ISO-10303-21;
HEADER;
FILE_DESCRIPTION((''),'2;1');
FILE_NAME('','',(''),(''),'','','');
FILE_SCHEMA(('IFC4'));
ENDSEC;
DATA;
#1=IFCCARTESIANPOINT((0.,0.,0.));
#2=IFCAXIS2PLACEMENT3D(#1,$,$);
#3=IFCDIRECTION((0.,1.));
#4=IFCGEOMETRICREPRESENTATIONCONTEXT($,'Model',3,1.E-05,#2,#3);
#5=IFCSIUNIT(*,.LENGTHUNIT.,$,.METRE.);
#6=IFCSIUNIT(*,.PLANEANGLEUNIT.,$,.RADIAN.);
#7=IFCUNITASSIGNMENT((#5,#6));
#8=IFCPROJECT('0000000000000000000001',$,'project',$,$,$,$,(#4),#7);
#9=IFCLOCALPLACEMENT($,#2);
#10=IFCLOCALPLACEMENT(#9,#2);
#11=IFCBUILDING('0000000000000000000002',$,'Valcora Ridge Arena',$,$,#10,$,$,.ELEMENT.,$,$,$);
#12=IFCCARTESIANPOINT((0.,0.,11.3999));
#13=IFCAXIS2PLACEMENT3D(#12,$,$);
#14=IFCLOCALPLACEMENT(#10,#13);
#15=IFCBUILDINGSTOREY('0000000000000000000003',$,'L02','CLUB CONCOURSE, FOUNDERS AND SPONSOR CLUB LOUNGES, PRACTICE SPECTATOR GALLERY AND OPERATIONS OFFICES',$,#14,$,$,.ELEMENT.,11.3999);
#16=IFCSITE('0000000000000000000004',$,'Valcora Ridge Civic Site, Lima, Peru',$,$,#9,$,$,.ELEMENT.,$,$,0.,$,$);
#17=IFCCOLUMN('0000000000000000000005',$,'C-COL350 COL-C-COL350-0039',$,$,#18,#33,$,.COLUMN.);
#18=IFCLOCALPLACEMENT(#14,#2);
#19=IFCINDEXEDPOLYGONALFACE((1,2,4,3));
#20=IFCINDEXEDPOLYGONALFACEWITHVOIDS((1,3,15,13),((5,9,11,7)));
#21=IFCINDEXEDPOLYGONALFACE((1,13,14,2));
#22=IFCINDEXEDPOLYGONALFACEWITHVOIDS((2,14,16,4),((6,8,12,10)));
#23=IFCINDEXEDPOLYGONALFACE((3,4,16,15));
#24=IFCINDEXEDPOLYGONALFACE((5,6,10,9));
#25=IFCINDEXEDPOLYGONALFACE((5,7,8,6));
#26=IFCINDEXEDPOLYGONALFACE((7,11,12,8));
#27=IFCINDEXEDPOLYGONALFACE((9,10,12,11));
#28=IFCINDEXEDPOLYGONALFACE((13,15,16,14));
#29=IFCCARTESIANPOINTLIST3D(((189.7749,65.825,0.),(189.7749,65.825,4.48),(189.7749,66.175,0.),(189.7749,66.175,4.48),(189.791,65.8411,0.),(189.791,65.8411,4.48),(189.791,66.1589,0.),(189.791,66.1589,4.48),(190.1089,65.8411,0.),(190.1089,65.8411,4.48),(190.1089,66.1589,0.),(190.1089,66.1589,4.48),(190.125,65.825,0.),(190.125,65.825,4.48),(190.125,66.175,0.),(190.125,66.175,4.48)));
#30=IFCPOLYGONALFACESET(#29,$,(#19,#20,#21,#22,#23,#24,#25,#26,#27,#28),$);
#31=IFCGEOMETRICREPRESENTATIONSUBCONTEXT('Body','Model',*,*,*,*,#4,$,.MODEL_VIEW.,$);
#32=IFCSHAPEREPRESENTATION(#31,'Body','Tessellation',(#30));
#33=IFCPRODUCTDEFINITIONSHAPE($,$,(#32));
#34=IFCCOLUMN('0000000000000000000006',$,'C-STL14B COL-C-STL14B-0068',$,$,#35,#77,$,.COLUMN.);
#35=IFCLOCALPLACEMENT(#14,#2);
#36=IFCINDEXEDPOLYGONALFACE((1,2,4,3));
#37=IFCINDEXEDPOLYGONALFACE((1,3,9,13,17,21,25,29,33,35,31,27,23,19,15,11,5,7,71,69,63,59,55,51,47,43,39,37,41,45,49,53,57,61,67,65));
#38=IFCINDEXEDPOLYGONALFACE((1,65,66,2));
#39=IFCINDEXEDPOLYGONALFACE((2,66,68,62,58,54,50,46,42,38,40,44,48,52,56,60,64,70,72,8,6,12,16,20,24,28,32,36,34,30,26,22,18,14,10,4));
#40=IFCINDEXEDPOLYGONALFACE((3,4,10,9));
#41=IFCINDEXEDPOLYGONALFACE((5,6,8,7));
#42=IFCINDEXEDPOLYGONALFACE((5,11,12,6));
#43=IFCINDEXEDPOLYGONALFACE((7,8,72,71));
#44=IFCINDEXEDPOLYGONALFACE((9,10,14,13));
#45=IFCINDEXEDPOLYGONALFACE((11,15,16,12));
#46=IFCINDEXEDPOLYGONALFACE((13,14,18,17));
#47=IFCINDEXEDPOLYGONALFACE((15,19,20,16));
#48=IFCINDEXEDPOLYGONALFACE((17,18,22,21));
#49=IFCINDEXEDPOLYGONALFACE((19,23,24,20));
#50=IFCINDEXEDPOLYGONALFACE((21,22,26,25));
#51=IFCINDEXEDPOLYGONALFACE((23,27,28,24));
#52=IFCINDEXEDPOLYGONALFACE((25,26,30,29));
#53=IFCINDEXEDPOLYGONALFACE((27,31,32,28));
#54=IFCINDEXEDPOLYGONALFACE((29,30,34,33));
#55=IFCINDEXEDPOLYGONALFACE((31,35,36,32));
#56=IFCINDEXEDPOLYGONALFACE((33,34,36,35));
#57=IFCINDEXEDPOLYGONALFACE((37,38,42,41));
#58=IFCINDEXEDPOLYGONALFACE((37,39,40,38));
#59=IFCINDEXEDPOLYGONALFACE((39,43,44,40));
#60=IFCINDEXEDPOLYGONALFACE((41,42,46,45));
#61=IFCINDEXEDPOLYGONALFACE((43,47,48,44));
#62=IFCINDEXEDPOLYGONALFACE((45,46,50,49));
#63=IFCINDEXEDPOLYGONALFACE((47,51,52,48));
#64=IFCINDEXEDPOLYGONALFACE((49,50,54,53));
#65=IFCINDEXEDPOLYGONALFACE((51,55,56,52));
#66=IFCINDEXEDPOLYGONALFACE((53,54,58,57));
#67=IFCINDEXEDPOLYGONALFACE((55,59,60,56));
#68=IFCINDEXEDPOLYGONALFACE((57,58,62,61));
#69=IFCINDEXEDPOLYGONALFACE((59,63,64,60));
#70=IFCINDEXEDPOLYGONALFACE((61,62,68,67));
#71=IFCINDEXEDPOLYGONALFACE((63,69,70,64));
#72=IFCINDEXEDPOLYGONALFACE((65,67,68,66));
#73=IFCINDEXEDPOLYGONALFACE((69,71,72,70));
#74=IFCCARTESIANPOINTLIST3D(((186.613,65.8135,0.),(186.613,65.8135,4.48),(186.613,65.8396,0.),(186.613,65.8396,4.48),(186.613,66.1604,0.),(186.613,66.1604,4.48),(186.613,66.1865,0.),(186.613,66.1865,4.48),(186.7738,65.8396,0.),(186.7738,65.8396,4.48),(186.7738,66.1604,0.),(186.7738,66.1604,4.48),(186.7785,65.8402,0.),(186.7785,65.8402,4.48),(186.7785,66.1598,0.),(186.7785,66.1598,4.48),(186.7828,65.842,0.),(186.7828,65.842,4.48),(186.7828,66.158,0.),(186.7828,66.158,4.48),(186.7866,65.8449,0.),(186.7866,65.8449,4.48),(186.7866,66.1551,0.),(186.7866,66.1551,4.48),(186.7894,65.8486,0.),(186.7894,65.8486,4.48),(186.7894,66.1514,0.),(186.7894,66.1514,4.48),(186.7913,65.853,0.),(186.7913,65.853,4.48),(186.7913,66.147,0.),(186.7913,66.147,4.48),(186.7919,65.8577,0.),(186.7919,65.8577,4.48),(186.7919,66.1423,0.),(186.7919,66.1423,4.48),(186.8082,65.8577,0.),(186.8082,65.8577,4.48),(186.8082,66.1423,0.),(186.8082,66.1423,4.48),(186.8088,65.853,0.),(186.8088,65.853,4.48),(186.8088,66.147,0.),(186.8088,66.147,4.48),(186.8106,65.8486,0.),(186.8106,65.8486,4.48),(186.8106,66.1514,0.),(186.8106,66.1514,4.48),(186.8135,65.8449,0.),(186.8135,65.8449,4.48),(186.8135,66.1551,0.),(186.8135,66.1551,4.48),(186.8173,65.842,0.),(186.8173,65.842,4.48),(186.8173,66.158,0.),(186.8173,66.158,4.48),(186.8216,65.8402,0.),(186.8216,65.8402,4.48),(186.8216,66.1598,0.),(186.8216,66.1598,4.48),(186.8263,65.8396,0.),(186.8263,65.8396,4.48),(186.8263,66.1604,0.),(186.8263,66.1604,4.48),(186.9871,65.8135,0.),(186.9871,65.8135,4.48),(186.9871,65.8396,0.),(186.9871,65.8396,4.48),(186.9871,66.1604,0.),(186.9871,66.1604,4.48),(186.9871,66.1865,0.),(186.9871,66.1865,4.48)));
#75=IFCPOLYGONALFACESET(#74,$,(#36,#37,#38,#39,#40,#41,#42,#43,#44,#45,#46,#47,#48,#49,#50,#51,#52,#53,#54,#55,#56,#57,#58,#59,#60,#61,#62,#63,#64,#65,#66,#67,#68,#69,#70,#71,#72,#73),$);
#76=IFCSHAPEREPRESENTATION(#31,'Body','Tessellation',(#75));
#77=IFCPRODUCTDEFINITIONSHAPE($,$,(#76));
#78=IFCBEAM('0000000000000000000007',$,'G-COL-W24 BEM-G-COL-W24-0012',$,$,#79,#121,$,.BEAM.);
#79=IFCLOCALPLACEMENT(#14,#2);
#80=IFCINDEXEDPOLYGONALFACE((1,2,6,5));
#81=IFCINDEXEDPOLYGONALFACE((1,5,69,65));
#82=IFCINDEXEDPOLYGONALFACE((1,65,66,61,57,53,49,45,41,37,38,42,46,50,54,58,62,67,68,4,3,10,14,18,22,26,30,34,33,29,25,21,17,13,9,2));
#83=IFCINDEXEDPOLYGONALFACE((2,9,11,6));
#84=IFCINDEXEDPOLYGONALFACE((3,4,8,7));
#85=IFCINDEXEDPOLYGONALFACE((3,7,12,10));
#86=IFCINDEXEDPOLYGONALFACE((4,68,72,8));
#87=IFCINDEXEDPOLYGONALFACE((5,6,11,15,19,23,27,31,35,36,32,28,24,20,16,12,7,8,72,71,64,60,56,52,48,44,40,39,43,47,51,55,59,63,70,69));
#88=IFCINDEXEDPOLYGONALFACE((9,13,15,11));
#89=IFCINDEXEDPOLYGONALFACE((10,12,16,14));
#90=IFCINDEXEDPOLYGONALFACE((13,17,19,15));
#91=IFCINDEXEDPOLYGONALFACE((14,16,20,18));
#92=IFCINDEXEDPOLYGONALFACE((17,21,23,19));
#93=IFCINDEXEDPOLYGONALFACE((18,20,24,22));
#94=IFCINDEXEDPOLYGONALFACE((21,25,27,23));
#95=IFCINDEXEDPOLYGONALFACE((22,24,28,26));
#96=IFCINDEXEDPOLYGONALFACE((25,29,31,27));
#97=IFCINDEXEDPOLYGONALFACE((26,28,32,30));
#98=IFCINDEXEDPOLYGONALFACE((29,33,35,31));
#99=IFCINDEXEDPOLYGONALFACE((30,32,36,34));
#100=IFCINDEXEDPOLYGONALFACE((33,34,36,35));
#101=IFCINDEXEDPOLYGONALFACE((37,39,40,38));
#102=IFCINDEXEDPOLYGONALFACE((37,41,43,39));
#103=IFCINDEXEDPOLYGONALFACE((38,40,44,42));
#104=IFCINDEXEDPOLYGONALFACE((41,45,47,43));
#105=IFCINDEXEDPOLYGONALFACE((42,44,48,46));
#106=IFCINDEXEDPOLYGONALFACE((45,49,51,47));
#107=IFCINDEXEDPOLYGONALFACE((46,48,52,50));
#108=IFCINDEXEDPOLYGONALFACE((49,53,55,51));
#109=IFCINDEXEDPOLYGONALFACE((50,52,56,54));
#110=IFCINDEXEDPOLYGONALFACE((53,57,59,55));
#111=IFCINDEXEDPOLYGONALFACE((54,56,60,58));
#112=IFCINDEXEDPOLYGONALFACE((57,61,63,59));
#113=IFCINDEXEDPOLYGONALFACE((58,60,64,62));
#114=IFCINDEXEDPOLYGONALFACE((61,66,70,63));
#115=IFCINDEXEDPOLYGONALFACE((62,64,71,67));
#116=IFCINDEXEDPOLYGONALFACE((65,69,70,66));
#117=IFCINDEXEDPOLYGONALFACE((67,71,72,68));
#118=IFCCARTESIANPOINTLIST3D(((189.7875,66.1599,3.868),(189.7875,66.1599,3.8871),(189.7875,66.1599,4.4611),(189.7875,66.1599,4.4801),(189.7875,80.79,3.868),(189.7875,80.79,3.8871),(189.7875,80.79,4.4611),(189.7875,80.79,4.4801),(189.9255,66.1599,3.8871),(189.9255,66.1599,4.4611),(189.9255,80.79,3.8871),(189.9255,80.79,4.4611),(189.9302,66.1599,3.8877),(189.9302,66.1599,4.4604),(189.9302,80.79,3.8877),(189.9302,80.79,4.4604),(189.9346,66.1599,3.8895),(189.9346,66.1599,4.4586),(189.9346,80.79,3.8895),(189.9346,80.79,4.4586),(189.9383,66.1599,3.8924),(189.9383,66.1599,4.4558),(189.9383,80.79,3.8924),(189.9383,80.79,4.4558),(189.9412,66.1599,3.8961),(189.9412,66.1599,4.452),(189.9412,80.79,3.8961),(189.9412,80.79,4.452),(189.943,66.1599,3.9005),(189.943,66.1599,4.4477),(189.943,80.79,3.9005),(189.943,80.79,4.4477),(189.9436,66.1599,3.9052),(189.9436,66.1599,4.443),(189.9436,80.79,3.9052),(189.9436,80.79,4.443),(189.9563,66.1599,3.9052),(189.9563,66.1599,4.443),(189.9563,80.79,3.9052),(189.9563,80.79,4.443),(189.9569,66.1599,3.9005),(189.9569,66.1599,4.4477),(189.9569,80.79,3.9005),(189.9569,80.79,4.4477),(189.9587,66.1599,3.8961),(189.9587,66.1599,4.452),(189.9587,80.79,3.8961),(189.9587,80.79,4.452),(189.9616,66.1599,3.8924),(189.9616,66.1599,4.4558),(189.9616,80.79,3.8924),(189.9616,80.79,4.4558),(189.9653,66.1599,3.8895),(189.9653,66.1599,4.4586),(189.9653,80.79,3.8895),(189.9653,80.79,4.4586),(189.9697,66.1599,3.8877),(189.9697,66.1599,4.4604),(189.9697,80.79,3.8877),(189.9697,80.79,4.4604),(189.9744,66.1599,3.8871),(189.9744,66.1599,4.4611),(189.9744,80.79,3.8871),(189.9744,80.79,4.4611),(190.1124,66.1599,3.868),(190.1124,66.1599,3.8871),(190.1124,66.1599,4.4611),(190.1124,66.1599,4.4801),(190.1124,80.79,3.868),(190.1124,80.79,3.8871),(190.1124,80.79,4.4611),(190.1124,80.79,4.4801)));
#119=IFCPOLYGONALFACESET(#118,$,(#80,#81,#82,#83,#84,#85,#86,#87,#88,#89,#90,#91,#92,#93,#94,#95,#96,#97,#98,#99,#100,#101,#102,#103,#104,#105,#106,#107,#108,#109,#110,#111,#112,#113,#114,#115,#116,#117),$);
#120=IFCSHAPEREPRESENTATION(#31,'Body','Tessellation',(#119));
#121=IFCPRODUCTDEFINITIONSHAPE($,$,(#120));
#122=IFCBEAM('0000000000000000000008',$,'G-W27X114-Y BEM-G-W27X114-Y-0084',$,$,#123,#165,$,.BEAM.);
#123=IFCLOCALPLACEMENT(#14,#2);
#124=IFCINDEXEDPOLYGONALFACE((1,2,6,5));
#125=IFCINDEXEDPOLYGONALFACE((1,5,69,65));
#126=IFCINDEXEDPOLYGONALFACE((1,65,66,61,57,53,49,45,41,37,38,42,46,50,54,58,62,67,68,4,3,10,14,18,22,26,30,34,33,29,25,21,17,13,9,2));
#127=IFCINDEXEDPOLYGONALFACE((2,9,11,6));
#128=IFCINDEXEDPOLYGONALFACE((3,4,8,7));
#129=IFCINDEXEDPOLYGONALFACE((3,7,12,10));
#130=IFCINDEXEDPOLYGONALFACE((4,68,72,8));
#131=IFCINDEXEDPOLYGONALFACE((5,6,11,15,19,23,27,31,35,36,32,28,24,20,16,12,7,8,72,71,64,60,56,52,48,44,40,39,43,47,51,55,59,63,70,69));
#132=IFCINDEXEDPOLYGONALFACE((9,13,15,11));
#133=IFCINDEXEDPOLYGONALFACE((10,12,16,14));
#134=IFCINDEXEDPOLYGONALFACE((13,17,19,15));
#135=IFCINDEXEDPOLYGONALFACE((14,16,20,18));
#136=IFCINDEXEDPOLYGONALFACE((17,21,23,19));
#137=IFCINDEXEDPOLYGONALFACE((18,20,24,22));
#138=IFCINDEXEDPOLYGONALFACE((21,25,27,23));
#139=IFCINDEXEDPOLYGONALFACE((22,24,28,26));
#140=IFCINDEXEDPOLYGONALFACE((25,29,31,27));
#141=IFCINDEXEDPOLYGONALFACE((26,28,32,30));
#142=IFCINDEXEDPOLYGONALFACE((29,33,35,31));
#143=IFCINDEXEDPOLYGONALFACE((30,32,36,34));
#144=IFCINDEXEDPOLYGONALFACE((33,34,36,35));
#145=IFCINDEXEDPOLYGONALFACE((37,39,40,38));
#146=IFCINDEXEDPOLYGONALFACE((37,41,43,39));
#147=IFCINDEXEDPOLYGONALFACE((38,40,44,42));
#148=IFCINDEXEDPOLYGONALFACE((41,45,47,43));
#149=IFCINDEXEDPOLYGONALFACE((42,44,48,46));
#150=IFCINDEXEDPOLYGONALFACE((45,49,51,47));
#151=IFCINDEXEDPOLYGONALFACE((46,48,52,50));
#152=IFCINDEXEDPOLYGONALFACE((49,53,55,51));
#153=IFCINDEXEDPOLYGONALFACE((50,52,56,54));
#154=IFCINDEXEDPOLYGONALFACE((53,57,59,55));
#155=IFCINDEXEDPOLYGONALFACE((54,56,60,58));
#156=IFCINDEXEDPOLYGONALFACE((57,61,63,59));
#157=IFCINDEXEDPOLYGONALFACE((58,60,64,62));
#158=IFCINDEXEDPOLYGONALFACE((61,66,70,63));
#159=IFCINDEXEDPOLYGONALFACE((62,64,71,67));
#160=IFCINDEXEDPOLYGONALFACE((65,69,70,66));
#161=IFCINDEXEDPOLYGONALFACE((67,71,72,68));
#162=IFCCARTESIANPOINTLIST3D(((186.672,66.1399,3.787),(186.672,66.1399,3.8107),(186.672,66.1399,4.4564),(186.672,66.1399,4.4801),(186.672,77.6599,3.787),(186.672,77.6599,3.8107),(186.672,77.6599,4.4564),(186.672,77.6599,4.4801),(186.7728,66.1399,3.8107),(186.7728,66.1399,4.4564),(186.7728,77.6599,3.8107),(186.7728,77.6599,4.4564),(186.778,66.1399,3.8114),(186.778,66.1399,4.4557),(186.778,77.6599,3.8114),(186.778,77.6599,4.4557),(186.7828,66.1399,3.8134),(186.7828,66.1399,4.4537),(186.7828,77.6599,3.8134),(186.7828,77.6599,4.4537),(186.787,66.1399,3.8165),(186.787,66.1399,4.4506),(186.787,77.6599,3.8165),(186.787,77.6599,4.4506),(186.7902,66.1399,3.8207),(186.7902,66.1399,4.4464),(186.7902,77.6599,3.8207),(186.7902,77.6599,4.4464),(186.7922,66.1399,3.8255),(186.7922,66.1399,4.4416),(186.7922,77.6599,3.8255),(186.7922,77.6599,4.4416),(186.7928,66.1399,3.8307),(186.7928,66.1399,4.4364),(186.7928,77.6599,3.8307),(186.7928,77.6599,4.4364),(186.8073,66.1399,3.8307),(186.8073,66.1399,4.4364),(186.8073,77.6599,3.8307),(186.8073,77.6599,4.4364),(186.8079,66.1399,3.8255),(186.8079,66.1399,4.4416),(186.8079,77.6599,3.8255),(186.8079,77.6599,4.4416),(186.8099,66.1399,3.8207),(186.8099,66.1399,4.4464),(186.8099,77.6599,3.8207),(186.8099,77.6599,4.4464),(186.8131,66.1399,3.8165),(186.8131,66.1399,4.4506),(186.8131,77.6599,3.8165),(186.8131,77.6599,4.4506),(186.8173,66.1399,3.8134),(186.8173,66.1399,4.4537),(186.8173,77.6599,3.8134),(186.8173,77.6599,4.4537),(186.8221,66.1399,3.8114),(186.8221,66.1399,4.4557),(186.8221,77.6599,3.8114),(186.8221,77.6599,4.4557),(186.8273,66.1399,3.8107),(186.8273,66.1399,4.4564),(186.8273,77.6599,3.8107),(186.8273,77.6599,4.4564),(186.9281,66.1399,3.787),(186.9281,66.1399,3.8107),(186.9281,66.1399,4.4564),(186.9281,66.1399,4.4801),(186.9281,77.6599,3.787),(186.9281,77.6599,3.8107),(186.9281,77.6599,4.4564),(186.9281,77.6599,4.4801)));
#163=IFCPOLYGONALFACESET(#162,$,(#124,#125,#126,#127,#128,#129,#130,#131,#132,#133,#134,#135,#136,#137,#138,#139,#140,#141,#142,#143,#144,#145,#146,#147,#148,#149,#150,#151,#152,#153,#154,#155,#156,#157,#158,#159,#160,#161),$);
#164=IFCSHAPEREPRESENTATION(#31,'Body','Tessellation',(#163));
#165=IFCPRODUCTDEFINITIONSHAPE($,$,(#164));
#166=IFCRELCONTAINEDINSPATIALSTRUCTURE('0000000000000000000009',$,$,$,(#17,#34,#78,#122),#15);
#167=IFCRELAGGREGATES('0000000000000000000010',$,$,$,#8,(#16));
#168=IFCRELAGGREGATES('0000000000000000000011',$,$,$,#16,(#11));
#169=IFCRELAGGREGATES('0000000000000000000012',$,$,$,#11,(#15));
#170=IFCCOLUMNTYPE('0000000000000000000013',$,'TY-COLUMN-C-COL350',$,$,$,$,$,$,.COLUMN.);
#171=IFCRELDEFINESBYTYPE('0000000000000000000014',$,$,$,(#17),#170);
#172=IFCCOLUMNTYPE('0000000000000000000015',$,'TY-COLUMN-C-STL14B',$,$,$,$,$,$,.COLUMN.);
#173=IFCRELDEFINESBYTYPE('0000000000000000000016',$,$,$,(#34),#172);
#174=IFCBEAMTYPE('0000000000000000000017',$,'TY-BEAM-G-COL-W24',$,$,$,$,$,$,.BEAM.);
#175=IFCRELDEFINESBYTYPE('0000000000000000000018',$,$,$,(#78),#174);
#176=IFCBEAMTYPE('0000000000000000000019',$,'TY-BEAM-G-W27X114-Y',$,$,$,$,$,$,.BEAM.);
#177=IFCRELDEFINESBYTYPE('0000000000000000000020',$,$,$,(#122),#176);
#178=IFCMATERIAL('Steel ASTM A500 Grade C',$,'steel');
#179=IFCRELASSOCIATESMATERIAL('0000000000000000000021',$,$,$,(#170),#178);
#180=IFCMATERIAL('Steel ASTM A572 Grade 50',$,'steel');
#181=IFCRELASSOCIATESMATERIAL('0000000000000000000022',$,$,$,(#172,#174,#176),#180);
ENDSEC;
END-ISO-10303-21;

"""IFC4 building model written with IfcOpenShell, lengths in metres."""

from ifc_helpers import new_model, si_unit, direction, frame, origin, origin_2d, place, context, subcontext, project, spatial, hollow_rectangle, i_section, extrude, material, material_profile, profile_set, type_object, element, save


model = new_model("IFC4")

# Units and contexts
model_context = context("Model", 3, precision=1e-05, world=origin(), true_north=direction((0.0, 1.0)))
body_context = subcontext(model_context, "Body", "Model", "MODEL_VIEW")
ifc_project = project(units=[si_unit("LENGTHUNIT", "METRE"), si_unit("PLANEANGLEUNIT", "RADIAN")], contexts=[model_context])

# Site, building, storey
site_placement = place(None, origin())
site = spatial("IfcSite", under=ifc_project, at=site_placement, Name="Valcora Ridge Civic Site, Lima, Peru", CompositionType="ELEMENT", RefElevation=0.0)
building_placement = place(site_placement, origin())
building = spatial("IfcBuilding", under=site, at=building_placement, Name="Valcora Ridge Arena", CompositionType="ELEMENT")
storey_placement = place(building_placement, frame((0.0, 0.0, 11.3999)))
storey = spatial("IfcBuildingStorey", under=building, at=storey_placement, Name="L02", Description="CLUB CONCOURSE, FOUNDERS AND SPONSOR CLUB LOUNGES, PRACTICE SPECTATOR GALLERY AND OPERATIONS OFFICES", CompositionType="ELEMENT", Elevation=11.3999)

# Columns
ifc_material_1 = material(Name="Steel ASTM A500 Grade C", Category="steel")
ifc_material_profile_1 = material_profile(ifc_material_1, hollow_rectangle(XDim=0.3501, YDim=0.3501, WallThickness=0.0161, at=origin_2d()), Name="HSS350X350X16")
ifc_profile_set_1 = profile_set([ifc_material_profile_1], Name="Steel ASTM A500 Grade C")
column_type_1 = type_object("IfcColumnType", Name="TY-COLUMN-C-COL350", PredefinedType="COLUMN", material=ifc_profile_set_1)
column_1_placement = place(storey_placement, frame((189.95, 66.0, 0.0), z_axis=(0.0, 0.0, 1.0), x_axis=(1.0, 0.0, 0.0)))
element("IfcColumn", 1, at=column_1_placement, inside=storey, type_object=column_type_1, Name="C-COL350 COL-C-COL350-0039", PredefinedType="COLUMN", context=body_context, shape_type="SweptSolid", body=[
    extrude(hollow_rectangle(XDim=0.3501, YDim=0.3501, WallThickness=0.0161, at=origin_2d()), origin(), (0.0, 0.0, 1.0), 4.48),
])
ifc_material_2 = material(Name="Steel ASTM A572 Grade 50", Category="steel")
ifc_material_profile_2 = material_profile(ifc_material_2, i_section(OverallWidth=0.374, OverallDepth=0.373, WebThickness=0.0164, FlangeThickness=0.0261, FilletRadius=0.0181, at=origin_2d()), Name="W14X132")
ifc_profile_set_2 = profile_set([ifc_material_profile_2], Name="Steel ASTM A572 Grade 50")
column_type_2 = type_object("IfcColumnType", Name="TY-COLUMN-C-STL14B", PredefinedType="COLUMN", material=ifc_profile_set_2)
column_2_placement = place(storey_placement, frame((186.8, 66.0, 0.0), z_axis=(0.0, 0.0, 1.0), x_axis=(1.0, 0.0, 0.0)))
element("IfcColumn", 2, at=column_2_placement, inside=storey, type_object=column_type_2, Name="C-STL14B COL-C-STL14B-0068", PredefinedType="COLUMN", context=body_context, shape_type="SweptSolid", body=[
    extrude(i_section(OverallWidth=0.374, OverallDepth=0.373, WebThickness=0.0164, FlangeThickness=0.0261, FilletRadius=0.0181, at=origin_2d()), origin(), (0.0, 0.0, 1.0), 4.48),
])

# Beams
ifc_material_profile_3 = material_profile(ifc_material_2, i_section(OverallWidth=0.325, OverallDepth=0.6121, WebThickness=0.0127, FlangeThickness=0.019, FilletRadius=0.0181, at=origin_2d()), Name="W24X104")
ifc_profile_set_3 = profile_set([ifc_material_profile_3], Name="Steel ASTM A572 Grade 50")
beam_type_1 = type_object("IfcBeamType", Name="TY-BEAM-G-COL-W24", PredefinedType="BEAM", material=ifc_profile_set_3)
beam_1_placement = place(storey_placement, frame((189.95, 66.1599, 4.1741), z_axis=(0.0, 1.0, 0.0), x_axis=(-1.0, 0.0, 0.0)))
element("IfcBeam", 3, at=beam_1_placement, inside=storey, type_object=beam_type_1, Name="G-COL-W24 BEM-G-COL-W24-0012", PredefinedType="BEAM", context=body_context, shape_type="SweptSolid", body=[
    extrude(i_section(OverallWidth=0.325, OverallDepth=0.6121, WebThickness=0.0127, FlangeThickness=0.019, FilletRadius=0.0181, at=origin_2d()), origin(), (0.0, 0.0, 1.0), 14.6301),
])
ifc_material_profile_4 = material_profile(ifc_material_2, i_section(OverallWidth=0.2561, OverallDepth=0.6931, WebThickness=0.0144, FlangeThickness=0.0237, FilletRadius=0.02, at=origin_2d()), Name="W27X114")
ifc_profile_set_4 = profile_set([ifc_material_profile_4], Name="Steel ASTM A572 Grade 50")
beam_type_2 = type_object("IfcBeamType", Name="TY-BEAM-G-W27X114-Y", PredefinedType="BEAM", material=ifc_profile_set_4)
beam_2_placement = place(storey_placement, frame((186.8, 66.1399, 4.1335), z_axis=(0.0, 1.0, 0.0), x_axis=(-1.0, 0.0, 0.0)))
element("IfcBeam", 4, at=beam_2_placement, inside=storey, type_object=beam_type_2, Name="G-W27X114-Y BEM-G-W27X114-Y-0084", PredefinedType="BEAM", context=body_context, shape_type="SweptSolid", body=[
    extrude(i_section(OverallWidth=0.2561, OverallDepth=0.6931, WebThickness=0.0144, FlangeThickness=0.0237, FilletRadius=0.02, at=origin_2d()), origin(), (0.0, 0.0, 1.0), 11.52),
])

save(model, "model.ifc")
